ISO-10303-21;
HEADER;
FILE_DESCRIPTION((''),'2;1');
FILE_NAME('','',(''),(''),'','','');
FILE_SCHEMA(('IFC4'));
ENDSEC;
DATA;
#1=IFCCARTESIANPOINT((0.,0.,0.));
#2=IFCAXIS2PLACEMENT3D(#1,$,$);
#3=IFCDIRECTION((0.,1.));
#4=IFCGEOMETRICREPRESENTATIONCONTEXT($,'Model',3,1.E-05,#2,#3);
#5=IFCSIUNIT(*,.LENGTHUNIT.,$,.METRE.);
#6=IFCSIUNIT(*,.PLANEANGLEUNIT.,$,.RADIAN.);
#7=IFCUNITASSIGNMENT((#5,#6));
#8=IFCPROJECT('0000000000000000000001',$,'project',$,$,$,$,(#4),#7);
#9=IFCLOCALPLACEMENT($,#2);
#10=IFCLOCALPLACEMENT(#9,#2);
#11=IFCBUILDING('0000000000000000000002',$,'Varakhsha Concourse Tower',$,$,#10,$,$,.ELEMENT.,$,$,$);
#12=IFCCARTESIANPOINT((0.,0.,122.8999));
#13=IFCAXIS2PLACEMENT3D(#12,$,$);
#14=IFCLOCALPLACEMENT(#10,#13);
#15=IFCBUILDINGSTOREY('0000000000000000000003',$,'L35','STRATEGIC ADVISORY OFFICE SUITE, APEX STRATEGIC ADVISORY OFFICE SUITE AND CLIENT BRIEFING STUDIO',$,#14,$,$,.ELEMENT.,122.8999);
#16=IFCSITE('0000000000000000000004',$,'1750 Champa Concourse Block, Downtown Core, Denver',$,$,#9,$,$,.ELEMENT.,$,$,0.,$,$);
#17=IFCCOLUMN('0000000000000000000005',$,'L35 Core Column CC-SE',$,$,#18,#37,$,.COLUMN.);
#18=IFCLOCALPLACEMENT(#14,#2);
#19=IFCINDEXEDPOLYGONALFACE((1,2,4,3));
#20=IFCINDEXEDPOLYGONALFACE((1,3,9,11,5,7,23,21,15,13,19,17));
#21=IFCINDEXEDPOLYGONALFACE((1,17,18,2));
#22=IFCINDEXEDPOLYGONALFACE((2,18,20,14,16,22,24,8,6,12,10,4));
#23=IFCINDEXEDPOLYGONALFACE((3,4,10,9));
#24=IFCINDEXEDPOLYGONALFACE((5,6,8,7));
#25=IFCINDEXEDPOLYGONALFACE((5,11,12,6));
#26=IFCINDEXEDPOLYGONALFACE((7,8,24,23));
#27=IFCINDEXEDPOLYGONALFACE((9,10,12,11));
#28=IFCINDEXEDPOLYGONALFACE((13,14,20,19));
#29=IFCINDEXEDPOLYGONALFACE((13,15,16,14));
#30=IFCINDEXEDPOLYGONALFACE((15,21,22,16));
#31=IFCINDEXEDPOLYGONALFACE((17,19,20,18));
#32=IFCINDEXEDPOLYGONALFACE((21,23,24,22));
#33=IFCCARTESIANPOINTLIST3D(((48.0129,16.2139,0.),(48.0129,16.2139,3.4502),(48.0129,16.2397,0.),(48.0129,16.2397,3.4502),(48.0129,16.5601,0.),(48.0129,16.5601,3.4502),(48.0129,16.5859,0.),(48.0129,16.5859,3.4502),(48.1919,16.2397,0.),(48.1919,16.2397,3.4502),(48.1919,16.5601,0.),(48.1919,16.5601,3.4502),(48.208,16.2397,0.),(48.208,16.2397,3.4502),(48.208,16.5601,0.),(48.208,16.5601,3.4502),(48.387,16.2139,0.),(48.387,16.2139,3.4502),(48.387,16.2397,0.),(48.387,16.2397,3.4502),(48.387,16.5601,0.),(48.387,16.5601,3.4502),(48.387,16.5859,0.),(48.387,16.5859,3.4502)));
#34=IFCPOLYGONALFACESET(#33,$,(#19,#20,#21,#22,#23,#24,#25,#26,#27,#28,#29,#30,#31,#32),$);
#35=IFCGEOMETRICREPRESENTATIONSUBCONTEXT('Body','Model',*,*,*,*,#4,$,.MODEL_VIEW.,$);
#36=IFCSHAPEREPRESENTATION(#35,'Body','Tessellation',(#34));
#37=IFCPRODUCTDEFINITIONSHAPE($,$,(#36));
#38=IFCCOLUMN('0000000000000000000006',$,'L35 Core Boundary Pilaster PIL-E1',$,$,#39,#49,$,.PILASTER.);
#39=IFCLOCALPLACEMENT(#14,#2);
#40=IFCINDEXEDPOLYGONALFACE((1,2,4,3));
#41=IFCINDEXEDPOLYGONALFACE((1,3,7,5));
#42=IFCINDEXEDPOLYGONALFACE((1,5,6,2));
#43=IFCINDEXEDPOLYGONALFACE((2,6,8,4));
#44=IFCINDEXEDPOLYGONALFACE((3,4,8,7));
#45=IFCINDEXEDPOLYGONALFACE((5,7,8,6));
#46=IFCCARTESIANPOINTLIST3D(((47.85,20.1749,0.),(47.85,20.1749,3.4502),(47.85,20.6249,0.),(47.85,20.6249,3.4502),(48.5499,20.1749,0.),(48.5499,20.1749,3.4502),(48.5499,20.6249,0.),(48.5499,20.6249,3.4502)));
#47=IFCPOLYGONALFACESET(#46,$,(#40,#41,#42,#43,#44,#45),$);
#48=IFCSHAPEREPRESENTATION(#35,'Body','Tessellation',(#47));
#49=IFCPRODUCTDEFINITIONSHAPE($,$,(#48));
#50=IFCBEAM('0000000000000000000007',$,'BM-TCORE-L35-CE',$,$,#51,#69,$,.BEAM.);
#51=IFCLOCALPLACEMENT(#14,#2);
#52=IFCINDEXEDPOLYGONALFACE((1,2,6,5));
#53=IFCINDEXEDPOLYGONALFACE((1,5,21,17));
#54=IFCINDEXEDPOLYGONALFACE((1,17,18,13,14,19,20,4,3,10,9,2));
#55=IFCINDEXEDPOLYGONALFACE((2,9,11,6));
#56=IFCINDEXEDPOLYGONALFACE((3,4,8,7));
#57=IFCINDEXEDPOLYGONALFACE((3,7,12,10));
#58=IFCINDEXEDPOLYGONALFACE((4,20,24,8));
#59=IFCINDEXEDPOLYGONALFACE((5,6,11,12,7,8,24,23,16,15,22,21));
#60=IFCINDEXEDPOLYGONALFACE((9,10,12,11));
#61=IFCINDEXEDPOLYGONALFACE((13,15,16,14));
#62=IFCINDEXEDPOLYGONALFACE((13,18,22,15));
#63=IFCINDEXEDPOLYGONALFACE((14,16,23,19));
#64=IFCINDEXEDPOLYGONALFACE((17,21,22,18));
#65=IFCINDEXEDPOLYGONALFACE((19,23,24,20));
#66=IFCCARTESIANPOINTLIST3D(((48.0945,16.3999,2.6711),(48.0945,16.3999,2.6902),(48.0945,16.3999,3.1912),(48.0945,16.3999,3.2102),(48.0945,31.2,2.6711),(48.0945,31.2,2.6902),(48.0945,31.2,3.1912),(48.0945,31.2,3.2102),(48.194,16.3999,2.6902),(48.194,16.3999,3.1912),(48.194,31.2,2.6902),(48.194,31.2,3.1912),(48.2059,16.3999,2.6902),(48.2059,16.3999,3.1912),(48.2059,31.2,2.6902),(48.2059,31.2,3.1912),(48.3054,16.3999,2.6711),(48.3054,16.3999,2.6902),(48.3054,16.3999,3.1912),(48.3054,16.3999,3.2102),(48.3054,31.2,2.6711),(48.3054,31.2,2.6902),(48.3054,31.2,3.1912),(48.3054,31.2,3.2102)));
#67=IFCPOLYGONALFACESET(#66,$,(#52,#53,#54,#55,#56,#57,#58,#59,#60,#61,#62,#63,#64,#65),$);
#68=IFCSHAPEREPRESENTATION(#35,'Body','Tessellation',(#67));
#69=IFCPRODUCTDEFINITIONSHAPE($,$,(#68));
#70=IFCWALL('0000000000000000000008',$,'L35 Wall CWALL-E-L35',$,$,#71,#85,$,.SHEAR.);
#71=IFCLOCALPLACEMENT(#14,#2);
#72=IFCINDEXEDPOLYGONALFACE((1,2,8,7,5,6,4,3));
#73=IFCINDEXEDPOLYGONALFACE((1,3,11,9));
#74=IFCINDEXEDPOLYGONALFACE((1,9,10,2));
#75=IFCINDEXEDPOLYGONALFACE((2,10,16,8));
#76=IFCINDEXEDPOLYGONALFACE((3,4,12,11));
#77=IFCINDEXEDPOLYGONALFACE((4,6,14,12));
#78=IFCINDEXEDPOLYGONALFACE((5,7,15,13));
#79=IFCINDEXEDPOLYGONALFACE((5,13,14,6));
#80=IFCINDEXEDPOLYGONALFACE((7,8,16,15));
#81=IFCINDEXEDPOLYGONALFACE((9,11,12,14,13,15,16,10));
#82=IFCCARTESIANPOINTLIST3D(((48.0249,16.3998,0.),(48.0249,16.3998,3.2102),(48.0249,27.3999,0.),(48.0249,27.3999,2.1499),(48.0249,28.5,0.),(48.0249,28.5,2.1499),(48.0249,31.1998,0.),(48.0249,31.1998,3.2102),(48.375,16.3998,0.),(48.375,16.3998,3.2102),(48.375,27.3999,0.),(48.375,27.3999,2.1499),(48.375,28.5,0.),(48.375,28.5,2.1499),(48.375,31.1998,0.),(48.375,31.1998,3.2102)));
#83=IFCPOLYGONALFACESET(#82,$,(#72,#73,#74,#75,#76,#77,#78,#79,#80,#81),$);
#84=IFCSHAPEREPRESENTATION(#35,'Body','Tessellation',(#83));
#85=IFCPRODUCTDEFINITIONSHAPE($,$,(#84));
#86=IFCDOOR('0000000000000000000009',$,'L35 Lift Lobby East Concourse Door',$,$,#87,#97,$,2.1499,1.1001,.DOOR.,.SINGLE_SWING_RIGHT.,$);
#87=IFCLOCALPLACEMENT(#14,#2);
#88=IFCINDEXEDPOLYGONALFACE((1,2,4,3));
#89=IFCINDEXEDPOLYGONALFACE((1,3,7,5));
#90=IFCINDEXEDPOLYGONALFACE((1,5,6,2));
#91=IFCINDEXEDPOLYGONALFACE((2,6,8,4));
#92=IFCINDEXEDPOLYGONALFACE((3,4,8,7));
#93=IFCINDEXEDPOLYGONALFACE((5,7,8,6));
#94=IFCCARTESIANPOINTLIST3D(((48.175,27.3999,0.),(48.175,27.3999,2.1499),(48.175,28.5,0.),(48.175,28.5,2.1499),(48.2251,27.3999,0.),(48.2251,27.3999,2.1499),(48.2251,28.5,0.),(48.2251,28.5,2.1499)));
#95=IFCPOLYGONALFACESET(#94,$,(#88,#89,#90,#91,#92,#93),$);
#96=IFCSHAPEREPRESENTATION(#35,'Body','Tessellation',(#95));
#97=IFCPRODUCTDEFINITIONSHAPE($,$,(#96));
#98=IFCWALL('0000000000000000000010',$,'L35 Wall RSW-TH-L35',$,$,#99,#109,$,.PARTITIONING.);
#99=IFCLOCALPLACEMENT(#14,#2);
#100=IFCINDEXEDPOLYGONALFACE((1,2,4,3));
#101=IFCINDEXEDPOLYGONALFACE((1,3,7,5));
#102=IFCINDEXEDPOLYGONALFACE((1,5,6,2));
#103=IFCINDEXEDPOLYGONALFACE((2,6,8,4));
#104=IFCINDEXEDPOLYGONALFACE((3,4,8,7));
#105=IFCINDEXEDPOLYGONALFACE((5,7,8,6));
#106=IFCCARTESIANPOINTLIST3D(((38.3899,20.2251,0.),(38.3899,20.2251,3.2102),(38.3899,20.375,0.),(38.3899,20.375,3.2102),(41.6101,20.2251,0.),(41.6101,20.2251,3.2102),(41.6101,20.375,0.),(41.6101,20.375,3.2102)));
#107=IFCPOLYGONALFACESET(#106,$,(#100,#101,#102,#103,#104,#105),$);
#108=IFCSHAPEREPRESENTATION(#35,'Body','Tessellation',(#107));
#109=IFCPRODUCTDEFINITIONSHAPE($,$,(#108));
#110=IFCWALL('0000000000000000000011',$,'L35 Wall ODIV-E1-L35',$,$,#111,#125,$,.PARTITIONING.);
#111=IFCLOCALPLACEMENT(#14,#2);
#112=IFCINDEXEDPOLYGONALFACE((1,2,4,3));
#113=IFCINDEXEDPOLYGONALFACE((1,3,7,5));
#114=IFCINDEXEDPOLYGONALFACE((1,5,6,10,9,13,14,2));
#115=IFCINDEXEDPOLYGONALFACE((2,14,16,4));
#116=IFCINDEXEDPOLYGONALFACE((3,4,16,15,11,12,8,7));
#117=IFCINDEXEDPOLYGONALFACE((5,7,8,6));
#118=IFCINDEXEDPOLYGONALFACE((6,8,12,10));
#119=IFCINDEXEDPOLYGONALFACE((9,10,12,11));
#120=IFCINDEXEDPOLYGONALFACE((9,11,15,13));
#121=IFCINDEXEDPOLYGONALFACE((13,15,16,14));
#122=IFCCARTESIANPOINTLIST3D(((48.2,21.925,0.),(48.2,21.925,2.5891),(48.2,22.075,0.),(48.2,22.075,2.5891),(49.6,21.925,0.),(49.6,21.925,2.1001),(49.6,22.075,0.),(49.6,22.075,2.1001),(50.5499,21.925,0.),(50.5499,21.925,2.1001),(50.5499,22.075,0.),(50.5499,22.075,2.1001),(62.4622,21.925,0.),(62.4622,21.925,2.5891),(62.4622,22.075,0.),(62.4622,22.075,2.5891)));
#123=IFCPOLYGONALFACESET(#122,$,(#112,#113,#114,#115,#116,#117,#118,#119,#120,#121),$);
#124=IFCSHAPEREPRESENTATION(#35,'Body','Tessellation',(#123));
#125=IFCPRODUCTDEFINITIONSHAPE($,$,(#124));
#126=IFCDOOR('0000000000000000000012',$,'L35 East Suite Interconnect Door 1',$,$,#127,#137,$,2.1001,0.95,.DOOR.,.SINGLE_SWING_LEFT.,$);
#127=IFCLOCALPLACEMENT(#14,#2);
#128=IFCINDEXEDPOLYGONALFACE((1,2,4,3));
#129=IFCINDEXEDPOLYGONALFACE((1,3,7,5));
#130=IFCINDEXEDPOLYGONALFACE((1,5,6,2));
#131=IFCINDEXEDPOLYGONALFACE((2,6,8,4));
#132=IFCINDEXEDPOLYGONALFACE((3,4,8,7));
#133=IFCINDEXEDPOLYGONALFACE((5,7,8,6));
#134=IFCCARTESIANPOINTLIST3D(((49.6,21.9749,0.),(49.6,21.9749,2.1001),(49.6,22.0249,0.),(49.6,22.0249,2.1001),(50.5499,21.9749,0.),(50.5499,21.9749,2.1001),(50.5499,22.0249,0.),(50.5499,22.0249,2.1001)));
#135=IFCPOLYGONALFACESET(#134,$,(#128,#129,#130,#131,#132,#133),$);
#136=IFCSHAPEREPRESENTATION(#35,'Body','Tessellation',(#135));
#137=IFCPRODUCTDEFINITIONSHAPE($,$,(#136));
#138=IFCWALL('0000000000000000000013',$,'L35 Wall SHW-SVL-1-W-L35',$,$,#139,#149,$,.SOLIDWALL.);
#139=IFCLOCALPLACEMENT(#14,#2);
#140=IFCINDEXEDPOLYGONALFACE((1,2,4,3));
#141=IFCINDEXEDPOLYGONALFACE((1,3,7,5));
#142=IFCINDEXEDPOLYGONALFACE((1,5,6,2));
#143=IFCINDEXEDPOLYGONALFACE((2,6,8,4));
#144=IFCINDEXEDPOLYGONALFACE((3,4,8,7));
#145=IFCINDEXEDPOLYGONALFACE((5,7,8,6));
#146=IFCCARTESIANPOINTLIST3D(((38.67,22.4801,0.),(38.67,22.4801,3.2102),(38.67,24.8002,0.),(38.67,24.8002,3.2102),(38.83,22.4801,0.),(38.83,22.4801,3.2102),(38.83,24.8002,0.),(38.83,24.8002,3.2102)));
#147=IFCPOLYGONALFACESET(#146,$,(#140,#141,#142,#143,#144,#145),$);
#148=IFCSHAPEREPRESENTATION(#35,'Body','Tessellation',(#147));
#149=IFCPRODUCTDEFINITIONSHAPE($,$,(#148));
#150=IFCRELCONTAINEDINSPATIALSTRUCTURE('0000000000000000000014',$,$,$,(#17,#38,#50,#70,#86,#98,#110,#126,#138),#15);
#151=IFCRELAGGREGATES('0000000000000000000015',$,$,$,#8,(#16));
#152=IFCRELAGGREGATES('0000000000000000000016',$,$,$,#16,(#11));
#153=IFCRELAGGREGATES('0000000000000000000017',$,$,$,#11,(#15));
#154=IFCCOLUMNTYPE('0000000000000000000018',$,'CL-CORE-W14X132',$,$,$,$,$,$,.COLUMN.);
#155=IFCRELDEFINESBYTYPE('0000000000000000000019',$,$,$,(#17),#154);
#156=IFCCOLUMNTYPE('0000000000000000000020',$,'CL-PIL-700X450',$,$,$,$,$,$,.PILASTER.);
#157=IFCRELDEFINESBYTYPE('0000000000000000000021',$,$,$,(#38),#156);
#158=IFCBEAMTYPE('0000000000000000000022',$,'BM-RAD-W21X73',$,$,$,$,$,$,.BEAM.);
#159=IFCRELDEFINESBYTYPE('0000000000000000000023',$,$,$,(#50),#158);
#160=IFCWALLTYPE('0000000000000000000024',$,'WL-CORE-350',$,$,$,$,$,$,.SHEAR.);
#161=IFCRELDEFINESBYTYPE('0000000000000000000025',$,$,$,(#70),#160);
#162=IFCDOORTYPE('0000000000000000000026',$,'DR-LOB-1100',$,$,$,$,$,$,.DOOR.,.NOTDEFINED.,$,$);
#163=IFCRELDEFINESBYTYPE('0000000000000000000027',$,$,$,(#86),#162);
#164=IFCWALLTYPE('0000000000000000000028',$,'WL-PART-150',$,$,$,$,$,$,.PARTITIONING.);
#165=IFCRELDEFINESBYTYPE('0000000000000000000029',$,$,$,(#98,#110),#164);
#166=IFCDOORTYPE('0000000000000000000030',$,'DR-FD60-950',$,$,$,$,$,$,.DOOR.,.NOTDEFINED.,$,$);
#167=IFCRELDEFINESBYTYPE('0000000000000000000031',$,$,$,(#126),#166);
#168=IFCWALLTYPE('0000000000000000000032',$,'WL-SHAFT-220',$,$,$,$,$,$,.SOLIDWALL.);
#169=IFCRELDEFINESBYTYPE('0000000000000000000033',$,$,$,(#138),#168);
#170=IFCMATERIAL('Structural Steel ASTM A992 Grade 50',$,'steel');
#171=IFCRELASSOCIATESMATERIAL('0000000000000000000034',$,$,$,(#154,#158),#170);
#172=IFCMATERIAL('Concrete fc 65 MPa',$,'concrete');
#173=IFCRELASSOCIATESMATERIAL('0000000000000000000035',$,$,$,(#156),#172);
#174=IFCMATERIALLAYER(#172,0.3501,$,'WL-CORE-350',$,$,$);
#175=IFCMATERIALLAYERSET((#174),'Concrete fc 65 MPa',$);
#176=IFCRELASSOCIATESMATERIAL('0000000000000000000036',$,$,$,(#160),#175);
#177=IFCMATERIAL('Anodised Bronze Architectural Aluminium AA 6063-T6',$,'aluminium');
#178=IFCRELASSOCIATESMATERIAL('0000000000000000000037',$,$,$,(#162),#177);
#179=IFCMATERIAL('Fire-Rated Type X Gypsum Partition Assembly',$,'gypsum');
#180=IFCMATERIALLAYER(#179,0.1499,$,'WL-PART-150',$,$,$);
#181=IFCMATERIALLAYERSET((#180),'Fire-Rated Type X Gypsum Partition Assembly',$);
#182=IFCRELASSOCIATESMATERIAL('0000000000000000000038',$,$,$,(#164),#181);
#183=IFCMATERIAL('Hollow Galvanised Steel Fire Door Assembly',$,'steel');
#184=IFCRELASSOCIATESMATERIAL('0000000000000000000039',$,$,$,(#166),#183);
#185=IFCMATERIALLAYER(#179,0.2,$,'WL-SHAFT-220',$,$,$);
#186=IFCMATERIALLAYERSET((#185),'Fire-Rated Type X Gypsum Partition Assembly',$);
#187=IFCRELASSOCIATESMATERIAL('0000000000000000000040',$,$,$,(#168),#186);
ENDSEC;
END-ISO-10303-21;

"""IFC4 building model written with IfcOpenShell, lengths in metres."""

from ifc_helpers import new_model, si_unit, direction, frame, frame_2d, origin, origin_2d, place, context, subcontext, project, spatial, rectangle, i_section, extrude, material, layer, layer_set, material_profile, profile_set, type_object, element, fill, save


model = new_model("IFC4")

# Units and contexts
model_context = context("Model", 3, precision=1e-05, world=origin(), true_north=direction((0.0, 1.0)))
body_context = subcontext(model_context, "Body", "Model", "MODEL_VIEW")
ifc_project = project(units=[si_unit("LENGTHUNIT", "METRE"), si_unit("PLANEANGLEUNIT", "RADIAN")], contexts=[model_context])

# Site, building, storey
site_placement = place(None, origin())
site = spatial("IfcSite", under=ifc_project, at=site_placement, Name="1750 Champa Concourse Block, Downtown Core, Denver", CompositionType="ELEMENT", RefElevation=0.0)
building_placement = place(site_placement, origin())
building = spatial("IfcBuilding", under=site, at=building_placement, Name="Varakhsha Concourse Tower", CompositionType="ELEMENT")
storey_placement = place(building_placement, frame((0.0, 0.0, 122.8999)))
storey = spatial("IfcBuildingStorey", under=building, at=storey_placement, Name="L35", Description="STRATEGIC ADVISORY OFFICE SUITE, APEX STRATEGIC ADVISORY OFFICE SUITE AND CLIENT BRIEFING STUDIO", CompositionType="ELEMENT", Elevation=122.8999)

# Columns
ifc_material_1 = material(Name="Structural Steel ASTM A992 Grade 50", Category="steel")
ifc_material_profile_1 = material_profile(ifc_material_1, i_section(OverallWidth=0.374, OverallDepth=0.3721, WebThickness=0.0161, FlangeThickness=0.0259, at=origin_2d()), Name="W14X132")
ifc_profile_set_1 = profile_set([ifc_material_profile_1], Name="Structural Steel ASTM A992 Grade 50")
column_type_1 = type_object("IfcColumnType", Name="CL-CORE-W14X132", PredefinedType="COLUMN", material=ifc_profile_set_1)
column_1_placement = place(storey_placement, frame((48.2, 16.3999, 0.0), z_axis=(0.0, 0.0, 1.0), x_axis=(1.0, 0.0, 0.0)))
element("IfcColumn", 1, at=column_1_placement, inside=storey, type_object=column_type_1, Name="L35 Core Column CC-SE", PredefinedType="COLUMN", context=body_context, shape_type="SweptSolid", body=[
    extrude(i_section(OverallWidth=0.374, OverallDepth=0.3721, WebThickness=0.0161, FlangeThickness=0.0259, at=origin_2d()), origin(), (0.0, 0.0, 1.0), 3.4502),
])
ifc_material_2 = material(Name="Concrete fc 65 MPa", Category="concrete")
ifc_material_profile_2 = material_profile(ifc_material_2, rectangle(XDim=0.7, YDim=0.45, at=origin_2d()), Name="RC 700x450")
ifc_profile_set_2 = profile_set([ifc_material_profile_2], Name="Concrete fc 65 MPa")
column_type_2 = type_object("IfcColumnType", Name="CL-PIL-700X450", PredefinedType="PILASTER", material=ifc_profile_set_2)
column_2_placement = place(storey_placement, frame((48.2, 20.3999, 0.0), z_axis=(0.0, 0.0, 1.0), x_axis=(1.0, 0.0, 0.0)))
element("IfcColumn", 2, at=column_2_placement, inside=storey, type_object=column_type_2, Name="L35 Core Boundary Pilaster PIL-E1", PredefinedType="PILASTER", context=body_context, shape_type="SweptSolid", body=[
    extrude(rectangle(XDim=0.7, YDim=0.45, at=origin_2d()), origin(), (0.0, 0.0, 1.0), 3.4502),
])

# Beam
ifc_material_profile_3 = material_profile(ifc_material_1, i_section(OverallWidth=0.2109, OverallDepth=0.5391, WebThickness=0.012, FlangeThickness=0.019, at=origin_2d()), Name="W21X73")
ifc_profile_set_3 = profile_set([ifc_material_profile_3], Name="Structural Steel ASTM A992 Grade 50")
beam_type = type_object("IfcBeamType", Name="BM-RAD-W21X73", PredefinedType="BEAM", material=ifc_profile_set_3)
beam_placement = place(storey_placement, frame((48.2, 16.3999, 2.9407), z_axis=(0.0, 1.0, 0.0), x_axis=(-1.0, 0.0, 0.0)))
element("IfcBeam", 3, at=beam_placement, inside=storey, type_object=beam_type, Name="BM-TCORE-L35-CE", PredefinedType="BEAM", context=body_context, shape_type="SweptSolid", body=[
    extrude(i_section(OverallWidth=0.2109, OverallDepth=0.5391, WebThickness=0.012, FlangeThickness=0.019, at=origin_2d()), origin(), (0.0, 0.0, 1.0), 14.8),
])

# Wall, opening, door
ifc_layer_1 = layer(ifc_material_2, 0.3501, Name="WL-CORE-350")
ifc_layer_set_1 = layer_set([ifc_layer_1], Name="Concrete fc 65 MPa")
wall_type_1 = type_object("IfcWallType", Name="WL-CORE-350", PredefinedType="SHEAR", material=ifc_layer_set_1)
wall_1_placement = place(storey_placement, frame((48.2, 16.3999, 0.0), z_axis=(0.0, 0.0, 1.0), x_axis=(0.0, 1.0, 0.0)))
wall_1 = element("IfcWall", 4, at=wall_1_placement, inside=storey, type_object=wall_type_1, Name="L35 Wall CWALL-E-L35", PredefinedType="SHEAR", context=body_context, shape_type="SweptSolid", body=[
    extrude(rectangle(XDim=14.8, YDim=0.3501, at=frame_2d((7.3999, 0.0))), origin(), (0.0, 0.0, 1.0), 3.2102),
])
opening_1_placement = place(wall_1_placement, frame((11.0, 0.0, 0.0)))
opening_1 = element("IfcOpeningElement", 5, at=opening_1_placement, cuts=wall_1, PredefinedType="OPENING", context=body_context, shape_type="SweptSolid", body=[
    extrude(rectangle(XDim=1.1001, YDim=2.1499, at=frame_2d((0.55, 1.075))), frame((0.0, 0.1851, 0.0), z_axis=(0.0, -1.0, 0.0), x_axis=(1.0, 0.0, 0.0)), (0.0, 0.0, 1.0), 0.3701),
])
ifc_material_3 = material(Name="Anodised Bronze Architectural Aluminium AA 6063-T6", Category="aluminium")
door_type_1 = type_object("IfcDoorType", Name="DR-LOB-1100", OperationType="NOTDEFINED", PredefinedType="DOOR", material=ifc_material_3)
door_1_placement = place(opening_1_placement, origin())
door_1 = element("IfcDoor", 6, at=door_1_placement, inside=storey, type_object=door_type_1, Name="L35 Lift Lobby East Concourse Door", OperationType="SINGLE_SWING_RIGHT", OverallHeight=2.1499, OverallWidth=1.1001, PredefinedType="DOOR", context=body_context, shape_type="SweptSolid", body=[
    extrude(rectangle(XDim=1.1001, YDim=2.1499, at=frame_2d((0.55, 1.075))), frame((0.0, 0.0249, 0.0), z_axis=(0.0, -1.0, 0.0), x_axis=(1.0, 0.0, 0.0)), (0.0, 0.0, 1.0), 0.05),
])
fill(opening_1, door_1)

# Wall
ifc_material_4 = material(Name="Fire-Rated Type X Gypsum Partition Assembly", Category="gypsum")
ifc_layer_2 = layer(ifc_material_4, 0.1499, Name="WL-PART-150")
ifc_layer_set_2 = layer_set([ifc_layer_2], Name="Fire-Rated Type X Gypsum Partition Assembly")
wall_type_2 = type_object("IfcWallType", Name="WL-PART-150", PredefinedType="PARTITIONING", material=ifc_layer_set_2)
wall_2_placement = place(storey_placement, frame((38.3899, 20.3, 0.0), z_axis=(0.0, 0.0, 1.0), x_axis=(1.0, 0.0, 0.0)))
element("IfcWall", 7, at=wall_2_placement, inside=storey, type_object=wall_type_2, Name="L35 Wall RSW-TH-L35", PredefinedType="PARTITIONING", context=body_context, shape_type="SweptSolid", body=[
    extrude(rectangle(XDim=3.2202, YDim=0.1499, at=frame_2d((1.6101, 0.0))), origin(), (0.0, 0.0, 1.0), 3.2102),
])

# Wall, opening, door
wall_3_placement = place(storey_placement, frame((48.2, 22.0, 0.0), z_axis=(0.0, 0.0, 1.0), x_axis=(1.0, 0.0, 0.0)))
wall_3 = element("IfcWall", 8, at=wall_3_placement, inside=storey, type_object=wall_type_2, Name="L35 Wall ODIV-E1-L35", PredefinedType="PARTITIONING", context=body_context, shape_type="SweptSolid", body=[
    extrude(rectangle(XDim=14.2622, YDim=0.1499, at=frame_2d((7.1311, 0.0))), origin(), (0.0, 0.0, 1.0), 2.5891),
])
opening_2_placement = place(wall_3_placement, frame((1.3999, 0.0, 0.0)))
opening_2 = element("IfcOpeningElement", 9, at=opening_2_placement, cuts=wall_3, PredefinedType="OPENING", context=body_context, shape_type="SweptSolid", body=[
    extrude(rectangle(XDim=0.95, YDim=2.1001, at=frame_2d((0.4751, 1.05))), frame((0.0, 0.085, 0.0), z_axis=(0.0, -1.0, 0.0), x_axis=(1.0, 0.0, 0.0)), (0.0, 0.0, 1.0), 0.1699),
])
ifc_material_5 = material(Name="Hollow Galvanised Steel Fire Door Assembly", Category="steel")
door_type_2 = type_object("IfcDoorType", Name="DR-FD60-950", OperationType="NOTDEFINED", PredefinedType="DOOR", material=ifc_material_5)
door_2_placement = place(opening_2_placement, origin())
door_2 = element("IfcDoor", 10, at=door_2_placement, inside=storey, type_object=door_type_2, Name="L35 East Suite Interconnect Door 1", OperationType="SINGLE_SWING_LEFT", OverallHeight=2.1001, OverallWidth=0.95, PredefinedType="DOOR", context=body_context, shape_type="SweptSolid", body=[
    extrude(rectangle(XDim=0.95, YDim=2.1001, at=frame_2d((0.4751, 1.05))), frame((0.0, 0.0249, 0.0), z_axis=(0.0, -1.0, 0.0), x_axis=(1.0, 0.0, 0.0)), (0.0, 0.0, 1.0), 0.05),
])
fill(opening_2, door_2)

# Wall
ifc_layer_3 = layer(ifc_material_4, 0.2, Name="WL-SHAFT-220")
ifc_layer_set_3 = layer_set([ifc_layer_3], Name="Fire-Rated Type X Gypsum Partition Assembly")
wall_type_3 = type_object("IfcWallType", Name="WL-SHAFT-220", PredefinedType="SOLIDWALL", material=ifc_layer_set_3)
wall_4_placement = place(storey_placement, frame((38.75, 22.48, 0.0), z_axis=(0.0, 0.0, 1.0), x_axis=(0.0, 1.0, 0.0)))
element("IfcWall", 11, at=wall_4_placement, inside=storey, type_object=wall_type_3, Name="L35 Wall SHW-SVL-1-W-L35", PredefinedType="SOLIDWALL", context=body_context, shape_type="SweptSolid", body=[
    extrude(rectangle(XDim=2.3201, YDim=0.1599, at=frame_2d((1.1602, 0.0))), origin(), (0.0, 0.0, 1.0), 3.2102),
])

save(model, "model.ifc")
